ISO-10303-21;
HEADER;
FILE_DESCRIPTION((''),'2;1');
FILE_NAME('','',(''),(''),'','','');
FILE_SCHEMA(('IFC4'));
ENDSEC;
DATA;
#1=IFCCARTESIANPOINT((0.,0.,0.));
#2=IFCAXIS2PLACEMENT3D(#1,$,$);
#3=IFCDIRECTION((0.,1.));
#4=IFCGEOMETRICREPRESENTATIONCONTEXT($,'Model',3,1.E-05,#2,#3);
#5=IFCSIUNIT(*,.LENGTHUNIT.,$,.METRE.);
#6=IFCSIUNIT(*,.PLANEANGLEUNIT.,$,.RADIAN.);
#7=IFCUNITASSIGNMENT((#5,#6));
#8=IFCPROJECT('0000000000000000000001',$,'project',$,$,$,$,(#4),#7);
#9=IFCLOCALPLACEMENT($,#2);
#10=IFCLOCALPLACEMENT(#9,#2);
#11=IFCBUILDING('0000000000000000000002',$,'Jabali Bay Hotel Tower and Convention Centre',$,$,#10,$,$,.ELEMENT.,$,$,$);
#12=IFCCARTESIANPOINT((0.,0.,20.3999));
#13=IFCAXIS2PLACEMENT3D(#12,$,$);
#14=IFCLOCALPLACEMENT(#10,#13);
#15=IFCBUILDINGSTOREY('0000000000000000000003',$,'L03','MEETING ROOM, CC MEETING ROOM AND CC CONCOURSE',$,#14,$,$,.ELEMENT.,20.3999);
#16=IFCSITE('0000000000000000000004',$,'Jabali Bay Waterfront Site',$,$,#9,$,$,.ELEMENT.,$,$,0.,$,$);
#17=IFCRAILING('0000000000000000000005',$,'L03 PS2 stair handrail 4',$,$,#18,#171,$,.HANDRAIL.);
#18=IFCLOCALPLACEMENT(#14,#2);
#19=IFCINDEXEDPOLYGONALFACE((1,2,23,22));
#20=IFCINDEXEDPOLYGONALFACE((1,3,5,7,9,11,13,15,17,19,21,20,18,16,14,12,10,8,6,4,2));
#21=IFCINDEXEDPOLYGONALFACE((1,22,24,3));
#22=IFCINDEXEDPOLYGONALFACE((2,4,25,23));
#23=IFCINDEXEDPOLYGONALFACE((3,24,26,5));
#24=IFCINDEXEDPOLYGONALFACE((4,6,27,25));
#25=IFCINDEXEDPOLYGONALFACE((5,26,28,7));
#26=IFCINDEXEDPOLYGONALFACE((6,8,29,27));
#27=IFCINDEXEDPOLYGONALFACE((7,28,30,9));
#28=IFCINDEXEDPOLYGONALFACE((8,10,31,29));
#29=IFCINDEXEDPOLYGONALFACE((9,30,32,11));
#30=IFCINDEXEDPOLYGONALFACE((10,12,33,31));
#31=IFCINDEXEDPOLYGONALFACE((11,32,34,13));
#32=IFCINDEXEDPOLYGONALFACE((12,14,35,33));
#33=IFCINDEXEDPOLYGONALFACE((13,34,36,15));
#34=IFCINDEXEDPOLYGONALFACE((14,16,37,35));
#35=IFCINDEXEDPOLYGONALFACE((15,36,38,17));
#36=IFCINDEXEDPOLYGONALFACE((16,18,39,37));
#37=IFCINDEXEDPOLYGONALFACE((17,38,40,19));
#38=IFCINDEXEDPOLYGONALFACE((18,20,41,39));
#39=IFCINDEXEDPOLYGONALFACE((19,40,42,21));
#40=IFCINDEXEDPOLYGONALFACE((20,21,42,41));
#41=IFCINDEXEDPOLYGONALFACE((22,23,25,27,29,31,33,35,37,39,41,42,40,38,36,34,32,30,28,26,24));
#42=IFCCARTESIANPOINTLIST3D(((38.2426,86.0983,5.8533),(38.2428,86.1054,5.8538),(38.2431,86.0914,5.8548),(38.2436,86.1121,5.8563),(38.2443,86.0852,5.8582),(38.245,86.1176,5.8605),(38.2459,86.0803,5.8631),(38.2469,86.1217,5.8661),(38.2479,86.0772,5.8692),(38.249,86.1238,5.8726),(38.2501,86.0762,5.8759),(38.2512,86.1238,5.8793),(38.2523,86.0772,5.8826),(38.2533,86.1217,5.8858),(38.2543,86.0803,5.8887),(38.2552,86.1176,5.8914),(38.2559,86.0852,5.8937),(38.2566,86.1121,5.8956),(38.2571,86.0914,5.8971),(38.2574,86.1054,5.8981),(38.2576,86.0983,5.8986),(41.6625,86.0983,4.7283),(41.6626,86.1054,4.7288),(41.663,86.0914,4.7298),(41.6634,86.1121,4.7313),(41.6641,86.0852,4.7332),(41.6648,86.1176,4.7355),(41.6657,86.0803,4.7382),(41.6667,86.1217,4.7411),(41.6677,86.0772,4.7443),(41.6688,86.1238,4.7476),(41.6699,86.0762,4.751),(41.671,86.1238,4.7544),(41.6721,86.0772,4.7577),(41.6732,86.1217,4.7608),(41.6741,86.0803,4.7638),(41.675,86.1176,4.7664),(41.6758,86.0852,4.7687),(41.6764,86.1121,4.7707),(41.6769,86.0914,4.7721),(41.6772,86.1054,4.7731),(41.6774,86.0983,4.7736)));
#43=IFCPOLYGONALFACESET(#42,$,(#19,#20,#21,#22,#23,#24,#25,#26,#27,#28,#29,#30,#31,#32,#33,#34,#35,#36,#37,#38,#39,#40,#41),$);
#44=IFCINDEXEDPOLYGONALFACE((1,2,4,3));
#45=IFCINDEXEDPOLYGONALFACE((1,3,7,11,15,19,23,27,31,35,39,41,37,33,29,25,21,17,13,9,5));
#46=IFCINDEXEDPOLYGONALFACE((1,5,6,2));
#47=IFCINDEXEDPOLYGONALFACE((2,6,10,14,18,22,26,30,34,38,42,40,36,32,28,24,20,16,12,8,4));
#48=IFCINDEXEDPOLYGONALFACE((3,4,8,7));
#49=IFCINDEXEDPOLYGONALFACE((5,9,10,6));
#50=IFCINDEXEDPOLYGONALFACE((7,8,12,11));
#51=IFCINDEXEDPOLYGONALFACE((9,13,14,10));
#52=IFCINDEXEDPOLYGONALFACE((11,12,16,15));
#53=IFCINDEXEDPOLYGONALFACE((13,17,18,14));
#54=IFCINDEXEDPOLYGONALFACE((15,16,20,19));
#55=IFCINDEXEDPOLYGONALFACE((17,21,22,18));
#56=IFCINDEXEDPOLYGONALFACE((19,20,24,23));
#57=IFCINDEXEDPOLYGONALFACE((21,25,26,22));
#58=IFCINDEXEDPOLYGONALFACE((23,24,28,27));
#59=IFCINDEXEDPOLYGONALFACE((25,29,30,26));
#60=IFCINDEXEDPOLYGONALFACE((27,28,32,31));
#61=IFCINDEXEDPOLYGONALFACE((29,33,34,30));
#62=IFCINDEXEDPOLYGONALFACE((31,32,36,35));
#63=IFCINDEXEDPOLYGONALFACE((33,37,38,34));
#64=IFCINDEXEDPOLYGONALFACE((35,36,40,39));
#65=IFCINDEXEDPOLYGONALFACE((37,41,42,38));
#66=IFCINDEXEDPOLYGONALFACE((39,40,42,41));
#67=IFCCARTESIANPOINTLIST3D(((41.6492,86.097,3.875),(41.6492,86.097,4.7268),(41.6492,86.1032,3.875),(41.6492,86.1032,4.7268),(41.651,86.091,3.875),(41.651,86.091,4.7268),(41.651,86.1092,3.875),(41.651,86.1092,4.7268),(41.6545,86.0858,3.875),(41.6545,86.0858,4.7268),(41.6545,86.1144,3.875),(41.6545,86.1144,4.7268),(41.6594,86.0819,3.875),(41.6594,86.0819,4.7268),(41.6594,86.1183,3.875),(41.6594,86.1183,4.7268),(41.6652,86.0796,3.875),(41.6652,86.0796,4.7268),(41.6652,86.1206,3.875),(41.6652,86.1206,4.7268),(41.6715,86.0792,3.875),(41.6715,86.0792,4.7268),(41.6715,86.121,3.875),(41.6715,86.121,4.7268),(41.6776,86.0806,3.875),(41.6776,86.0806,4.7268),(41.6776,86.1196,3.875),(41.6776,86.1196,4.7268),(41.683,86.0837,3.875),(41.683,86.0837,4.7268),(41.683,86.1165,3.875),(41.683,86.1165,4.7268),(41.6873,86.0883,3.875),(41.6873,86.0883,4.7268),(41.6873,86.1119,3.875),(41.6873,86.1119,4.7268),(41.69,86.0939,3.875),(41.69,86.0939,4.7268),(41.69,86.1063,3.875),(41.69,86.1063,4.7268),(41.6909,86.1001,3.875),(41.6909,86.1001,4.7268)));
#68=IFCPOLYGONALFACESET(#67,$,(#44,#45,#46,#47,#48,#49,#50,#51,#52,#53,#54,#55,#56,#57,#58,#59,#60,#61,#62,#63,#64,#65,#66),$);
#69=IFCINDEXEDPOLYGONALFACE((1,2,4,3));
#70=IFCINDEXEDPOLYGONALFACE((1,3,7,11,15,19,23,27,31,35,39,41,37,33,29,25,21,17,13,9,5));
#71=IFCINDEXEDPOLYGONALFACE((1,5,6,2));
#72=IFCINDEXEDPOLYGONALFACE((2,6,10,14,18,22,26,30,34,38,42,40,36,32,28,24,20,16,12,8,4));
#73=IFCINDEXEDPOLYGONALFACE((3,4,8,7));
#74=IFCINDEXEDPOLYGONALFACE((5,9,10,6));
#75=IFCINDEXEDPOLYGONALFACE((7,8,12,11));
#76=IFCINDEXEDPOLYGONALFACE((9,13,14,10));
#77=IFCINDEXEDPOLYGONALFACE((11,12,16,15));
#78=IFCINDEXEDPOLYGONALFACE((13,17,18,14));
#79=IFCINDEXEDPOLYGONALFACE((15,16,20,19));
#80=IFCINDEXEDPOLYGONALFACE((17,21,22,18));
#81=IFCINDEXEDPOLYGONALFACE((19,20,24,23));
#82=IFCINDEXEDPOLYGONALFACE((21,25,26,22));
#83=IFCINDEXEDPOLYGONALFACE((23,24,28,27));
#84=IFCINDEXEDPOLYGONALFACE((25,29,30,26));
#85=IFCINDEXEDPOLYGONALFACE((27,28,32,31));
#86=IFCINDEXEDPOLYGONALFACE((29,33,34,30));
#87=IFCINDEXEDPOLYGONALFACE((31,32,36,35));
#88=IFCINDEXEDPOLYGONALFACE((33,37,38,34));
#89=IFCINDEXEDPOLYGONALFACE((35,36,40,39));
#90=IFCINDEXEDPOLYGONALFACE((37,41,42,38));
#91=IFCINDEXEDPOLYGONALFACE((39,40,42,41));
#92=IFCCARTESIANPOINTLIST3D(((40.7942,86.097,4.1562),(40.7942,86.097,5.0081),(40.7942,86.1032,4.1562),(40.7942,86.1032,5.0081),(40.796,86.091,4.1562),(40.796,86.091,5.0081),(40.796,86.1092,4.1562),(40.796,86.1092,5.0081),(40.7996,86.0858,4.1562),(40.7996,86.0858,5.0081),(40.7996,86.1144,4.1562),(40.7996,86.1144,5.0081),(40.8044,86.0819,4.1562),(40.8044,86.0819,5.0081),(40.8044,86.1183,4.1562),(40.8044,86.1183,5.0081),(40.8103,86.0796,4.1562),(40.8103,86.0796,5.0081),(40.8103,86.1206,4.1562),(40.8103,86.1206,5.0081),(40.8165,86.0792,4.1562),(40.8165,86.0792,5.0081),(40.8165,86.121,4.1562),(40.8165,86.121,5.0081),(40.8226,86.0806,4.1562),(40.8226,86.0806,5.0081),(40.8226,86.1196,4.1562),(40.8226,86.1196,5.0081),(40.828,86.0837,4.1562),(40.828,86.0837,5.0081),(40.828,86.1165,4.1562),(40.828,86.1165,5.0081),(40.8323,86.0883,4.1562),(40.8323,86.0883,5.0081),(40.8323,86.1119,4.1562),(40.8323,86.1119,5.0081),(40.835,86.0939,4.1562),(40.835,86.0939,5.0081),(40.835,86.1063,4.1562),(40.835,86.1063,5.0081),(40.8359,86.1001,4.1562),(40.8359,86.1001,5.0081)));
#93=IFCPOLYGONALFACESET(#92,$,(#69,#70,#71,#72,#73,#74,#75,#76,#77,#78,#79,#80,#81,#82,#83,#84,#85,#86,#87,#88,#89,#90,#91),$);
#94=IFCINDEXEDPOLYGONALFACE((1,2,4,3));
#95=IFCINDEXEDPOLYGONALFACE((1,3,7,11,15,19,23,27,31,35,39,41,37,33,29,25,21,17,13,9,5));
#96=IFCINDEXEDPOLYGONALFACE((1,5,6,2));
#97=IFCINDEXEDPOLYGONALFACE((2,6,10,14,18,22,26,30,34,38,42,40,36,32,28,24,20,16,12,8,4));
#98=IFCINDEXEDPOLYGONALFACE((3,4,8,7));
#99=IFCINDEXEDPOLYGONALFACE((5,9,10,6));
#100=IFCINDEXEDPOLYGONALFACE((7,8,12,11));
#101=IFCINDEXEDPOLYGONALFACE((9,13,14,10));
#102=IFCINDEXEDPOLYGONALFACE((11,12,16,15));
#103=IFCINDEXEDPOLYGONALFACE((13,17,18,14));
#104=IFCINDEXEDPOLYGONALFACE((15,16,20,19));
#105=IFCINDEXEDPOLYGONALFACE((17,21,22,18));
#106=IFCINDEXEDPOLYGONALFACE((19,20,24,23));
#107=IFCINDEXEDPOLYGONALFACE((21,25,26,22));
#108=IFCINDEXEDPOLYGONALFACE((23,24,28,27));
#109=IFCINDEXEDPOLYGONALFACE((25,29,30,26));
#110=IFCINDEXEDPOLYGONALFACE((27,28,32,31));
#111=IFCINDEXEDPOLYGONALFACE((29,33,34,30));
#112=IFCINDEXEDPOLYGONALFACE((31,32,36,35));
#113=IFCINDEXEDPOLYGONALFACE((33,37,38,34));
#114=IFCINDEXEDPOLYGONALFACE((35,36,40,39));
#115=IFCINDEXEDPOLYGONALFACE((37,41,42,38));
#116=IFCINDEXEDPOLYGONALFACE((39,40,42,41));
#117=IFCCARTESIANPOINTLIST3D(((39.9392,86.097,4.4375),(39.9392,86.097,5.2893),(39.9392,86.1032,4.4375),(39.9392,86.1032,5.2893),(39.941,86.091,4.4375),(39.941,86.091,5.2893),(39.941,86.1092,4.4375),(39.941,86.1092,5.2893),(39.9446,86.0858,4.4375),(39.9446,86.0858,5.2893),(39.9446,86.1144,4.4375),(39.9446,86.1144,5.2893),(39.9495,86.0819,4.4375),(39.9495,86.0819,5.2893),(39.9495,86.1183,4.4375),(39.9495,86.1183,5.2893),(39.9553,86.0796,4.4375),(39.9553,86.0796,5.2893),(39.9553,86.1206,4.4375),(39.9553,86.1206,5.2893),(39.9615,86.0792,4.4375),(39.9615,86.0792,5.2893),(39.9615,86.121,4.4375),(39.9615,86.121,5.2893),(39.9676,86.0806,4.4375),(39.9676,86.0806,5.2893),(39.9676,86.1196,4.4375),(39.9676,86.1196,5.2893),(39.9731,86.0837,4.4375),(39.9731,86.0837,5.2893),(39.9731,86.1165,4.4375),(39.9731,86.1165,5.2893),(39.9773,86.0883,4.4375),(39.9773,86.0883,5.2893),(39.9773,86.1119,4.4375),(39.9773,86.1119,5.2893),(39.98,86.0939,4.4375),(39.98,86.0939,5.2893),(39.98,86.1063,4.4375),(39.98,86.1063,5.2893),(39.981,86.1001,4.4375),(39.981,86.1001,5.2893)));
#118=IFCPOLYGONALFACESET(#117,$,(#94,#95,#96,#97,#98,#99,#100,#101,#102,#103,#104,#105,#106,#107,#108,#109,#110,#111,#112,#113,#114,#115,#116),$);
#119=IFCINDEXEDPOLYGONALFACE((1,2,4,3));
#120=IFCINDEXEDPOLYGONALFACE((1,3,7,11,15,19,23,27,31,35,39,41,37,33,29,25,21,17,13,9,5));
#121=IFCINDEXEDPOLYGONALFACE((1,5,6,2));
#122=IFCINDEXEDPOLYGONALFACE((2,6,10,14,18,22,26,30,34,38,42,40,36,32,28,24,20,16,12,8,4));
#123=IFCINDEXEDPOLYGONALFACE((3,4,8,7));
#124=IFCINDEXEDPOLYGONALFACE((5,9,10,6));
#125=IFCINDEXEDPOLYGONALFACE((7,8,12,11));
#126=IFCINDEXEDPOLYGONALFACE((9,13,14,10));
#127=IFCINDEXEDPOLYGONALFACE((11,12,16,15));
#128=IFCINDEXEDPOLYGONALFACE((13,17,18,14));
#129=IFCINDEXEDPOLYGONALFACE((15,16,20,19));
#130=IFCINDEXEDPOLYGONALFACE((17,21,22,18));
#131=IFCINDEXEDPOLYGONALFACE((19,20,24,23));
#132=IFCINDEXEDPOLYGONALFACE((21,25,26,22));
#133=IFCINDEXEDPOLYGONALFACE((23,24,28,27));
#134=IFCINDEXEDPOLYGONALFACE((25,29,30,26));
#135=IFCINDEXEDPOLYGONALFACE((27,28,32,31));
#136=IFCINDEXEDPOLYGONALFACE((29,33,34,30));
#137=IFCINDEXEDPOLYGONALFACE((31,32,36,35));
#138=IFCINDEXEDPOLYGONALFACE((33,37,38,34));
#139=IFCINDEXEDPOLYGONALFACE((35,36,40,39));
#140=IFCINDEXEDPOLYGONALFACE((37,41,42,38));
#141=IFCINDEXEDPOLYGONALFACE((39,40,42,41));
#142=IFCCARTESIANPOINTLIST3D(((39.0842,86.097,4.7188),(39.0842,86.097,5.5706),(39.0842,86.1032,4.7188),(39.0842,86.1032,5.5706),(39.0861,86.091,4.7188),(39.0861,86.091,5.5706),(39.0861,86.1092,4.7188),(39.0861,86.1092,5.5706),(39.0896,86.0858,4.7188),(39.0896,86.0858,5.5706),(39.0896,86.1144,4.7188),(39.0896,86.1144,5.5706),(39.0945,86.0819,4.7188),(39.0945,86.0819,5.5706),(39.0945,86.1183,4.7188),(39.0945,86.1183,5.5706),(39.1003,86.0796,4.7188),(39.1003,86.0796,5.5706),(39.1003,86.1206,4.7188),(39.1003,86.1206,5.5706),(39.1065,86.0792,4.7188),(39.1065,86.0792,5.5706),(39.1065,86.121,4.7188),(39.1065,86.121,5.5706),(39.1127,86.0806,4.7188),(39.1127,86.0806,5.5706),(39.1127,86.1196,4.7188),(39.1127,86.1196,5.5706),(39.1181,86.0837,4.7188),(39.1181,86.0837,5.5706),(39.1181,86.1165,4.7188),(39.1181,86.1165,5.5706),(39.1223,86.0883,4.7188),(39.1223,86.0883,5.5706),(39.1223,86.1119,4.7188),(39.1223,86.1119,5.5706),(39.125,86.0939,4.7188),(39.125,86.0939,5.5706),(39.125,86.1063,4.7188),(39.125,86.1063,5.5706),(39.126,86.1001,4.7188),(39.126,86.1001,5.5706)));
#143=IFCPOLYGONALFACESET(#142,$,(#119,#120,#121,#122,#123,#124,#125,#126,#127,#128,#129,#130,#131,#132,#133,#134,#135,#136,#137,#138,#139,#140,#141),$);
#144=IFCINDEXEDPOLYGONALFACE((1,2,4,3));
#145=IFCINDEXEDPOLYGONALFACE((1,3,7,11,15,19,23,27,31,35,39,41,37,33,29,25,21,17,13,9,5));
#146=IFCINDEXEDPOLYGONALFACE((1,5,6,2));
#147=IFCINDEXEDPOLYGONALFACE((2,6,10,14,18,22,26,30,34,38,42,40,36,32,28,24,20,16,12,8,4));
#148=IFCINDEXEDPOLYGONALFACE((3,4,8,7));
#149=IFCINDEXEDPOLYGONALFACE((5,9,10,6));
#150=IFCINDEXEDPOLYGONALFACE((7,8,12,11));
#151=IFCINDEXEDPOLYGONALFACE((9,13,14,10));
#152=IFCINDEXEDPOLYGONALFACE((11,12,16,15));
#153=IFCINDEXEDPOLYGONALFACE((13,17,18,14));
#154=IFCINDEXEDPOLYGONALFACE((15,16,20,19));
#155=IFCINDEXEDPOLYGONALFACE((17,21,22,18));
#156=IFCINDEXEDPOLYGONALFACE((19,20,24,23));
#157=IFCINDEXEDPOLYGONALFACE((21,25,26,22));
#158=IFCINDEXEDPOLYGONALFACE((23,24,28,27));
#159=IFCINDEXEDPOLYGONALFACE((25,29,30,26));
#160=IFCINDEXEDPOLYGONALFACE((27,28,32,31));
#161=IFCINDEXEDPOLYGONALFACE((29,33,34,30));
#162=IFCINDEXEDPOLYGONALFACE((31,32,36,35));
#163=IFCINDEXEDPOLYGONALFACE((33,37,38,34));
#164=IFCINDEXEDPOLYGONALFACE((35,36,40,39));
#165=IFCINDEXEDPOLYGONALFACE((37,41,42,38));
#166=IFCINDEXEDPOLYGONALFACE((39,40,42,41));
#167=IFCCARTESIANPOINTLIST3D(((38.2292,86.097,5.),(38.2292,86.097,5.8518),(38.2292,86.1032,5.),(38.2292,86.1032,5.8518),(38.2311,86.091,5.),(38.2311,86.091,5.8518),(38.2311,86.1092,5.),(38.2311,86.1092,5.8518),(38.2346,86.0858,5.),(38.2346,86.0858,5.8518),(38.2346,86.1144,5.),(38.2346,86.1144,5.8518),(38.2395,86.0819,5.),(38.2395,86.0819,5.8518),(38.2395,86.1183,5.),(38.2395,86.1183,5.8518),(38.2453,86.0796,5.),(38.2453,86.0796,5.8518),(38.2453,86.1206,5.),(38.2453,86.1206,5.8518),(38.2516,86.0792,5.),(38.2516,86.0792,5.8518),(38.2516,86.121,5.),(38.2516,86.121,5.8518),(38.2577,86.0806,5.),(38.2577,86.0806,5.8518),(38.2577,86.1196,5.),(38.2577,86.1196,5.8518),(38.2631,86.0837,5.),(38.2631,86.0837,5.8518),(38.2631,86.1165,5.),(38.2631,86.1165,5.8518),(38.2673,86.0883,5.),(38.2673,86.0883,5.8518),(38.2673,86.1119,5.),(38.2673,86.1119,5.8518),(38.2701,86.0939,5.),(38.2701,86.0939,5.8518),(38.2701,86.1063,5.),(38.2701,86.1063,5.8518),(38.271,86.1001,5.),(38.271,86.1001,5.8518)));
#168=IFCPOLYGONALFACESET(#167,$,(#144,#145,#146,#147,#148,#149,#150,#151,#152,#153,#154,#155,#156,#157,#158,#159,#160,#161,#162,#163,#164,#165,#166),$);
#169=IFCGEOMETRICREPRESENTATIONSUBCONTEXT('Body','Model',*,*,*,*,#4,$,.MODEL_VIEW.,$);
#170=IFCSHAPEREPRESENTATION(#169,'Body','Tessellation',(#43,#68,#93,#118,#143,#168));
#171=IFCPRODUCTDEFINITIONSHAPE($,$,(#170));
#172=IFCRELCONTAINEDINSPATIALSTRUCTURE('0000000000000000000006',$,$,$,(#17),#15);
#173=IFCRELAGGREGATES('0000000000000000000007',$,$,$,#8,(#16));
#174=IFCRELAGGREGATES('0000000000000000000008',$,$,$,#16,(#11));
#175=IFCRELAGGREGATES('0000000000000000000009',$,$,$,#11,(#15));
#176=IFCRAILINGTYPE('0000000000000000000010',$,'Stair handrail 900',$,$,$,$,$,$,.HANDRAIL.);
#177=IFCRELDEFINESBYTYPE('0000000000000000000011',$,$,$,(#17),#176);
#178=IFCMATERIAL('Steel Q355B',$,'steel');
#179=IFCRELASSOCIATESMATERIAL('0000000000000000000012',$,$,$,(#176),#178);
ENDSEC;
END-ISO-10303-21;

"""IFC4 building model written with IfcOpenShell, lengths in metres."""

from ifc_helpers import new_model, si_unit, direction, frame, origin, origin_2d, place, context, subcontext, project, spatial, circle, extrude, material, type_object, element, save


model = new_model("IFC4")

# Units and contexts
model_context = context("Model", 3, precision=1e-05, world=origin(), true_north=direction((0.0, 1.0)))
body_context = subcontext(model_context, "Body", "Model", "MODEL_VIEW")
ifc_project = project(units=[si_unit("LENGTHUNIT", "METRE"), si_unit("PLANEANGLEUNIT", "RADIAN")], contexts=[model_context])

# Site, building, storey
site_placement = place(None, origin())
site = spatial("IfcSite", under=ifc_project, at=site_placement, Name="Jabali Bay Waterfront Site", CompositionType="ELEMENT", RefElevation=0.0)
building_placement = place(site_placement, origin())
building = spatial("IfcBuilding", under=site, at=building_placement, Name="Jabali Bay Hotel Tower and Convention Centre", CompositionType="ELEMENT")
storey_placement = place(building_placement, frame((0.0, 0.0, 20.3999)))
storey = spatial("IfcBuildingStorey", under=building, at=storey_placement, Name="L03", Description="MEETING ROOM, CC MEETING ROOM AND CC CONCOURSE", CompositionType="ELEMENT", Elevation=20.3999)

# Railing
ifc_material_1 = material(Name="Steel Q355B", Category="steel")
railing_type_1 = type_object("IfcRailingType", Name="Stair handrail 900", PredefinedType="HANDRAIL", material=ifc_material_1)
for number, where, name in (
    (1, (41.6699, 86.1001, 3.875), "L03 PS2 stair handrail 4"),
):
    element("IfcRailing", number, at=place(storey_placement, frame(where)), inside=storey, type_object=railing_type_1, Name=name, PredefinedType="HANDRAIL", context=body_context, shape_type="SweptSolid", body=[
        extrude(circle(Radius=0.0239, at=origin_2d()), frame((0.0, 0.0, 0.876), z_axis=(-0.949924, 0.0, 0.312482), x_axis=(0.0, -1.0, 0.0)), (0.0, 0.0, 1.0), 3.6001),
        extrude(circle(Radius=0.021, at=origin_2d()), origin(), (0.0, 0.0, 1.0), 0.8518),
        extrude(circle(Radius=0.021, at=origin_2d()), frame((-0.855, 0.0, 0.2812)), (0.0, 0.0, 1.0), 0.8518),
        extrude(circle(Radius=0.021, at=origin_2d()), frame((-1.71, 0.0, 0.5625)), (0.0, 0.0, 1.0), 0.8518),
        extrude(circle(Radius=0.021, at=origin_2d()), frame((-2.5649, 0.0, 0.8438)), (0.0, 0.0, 1.0), 0.8518),
        extrude(circle(Radius=0.021, at=origin_2d()), frame((-3.4199, 0.0, 1.125)), (0.0, 0.0, 1.0), 0.8518),
    ])

save(model, "model.ifc")
